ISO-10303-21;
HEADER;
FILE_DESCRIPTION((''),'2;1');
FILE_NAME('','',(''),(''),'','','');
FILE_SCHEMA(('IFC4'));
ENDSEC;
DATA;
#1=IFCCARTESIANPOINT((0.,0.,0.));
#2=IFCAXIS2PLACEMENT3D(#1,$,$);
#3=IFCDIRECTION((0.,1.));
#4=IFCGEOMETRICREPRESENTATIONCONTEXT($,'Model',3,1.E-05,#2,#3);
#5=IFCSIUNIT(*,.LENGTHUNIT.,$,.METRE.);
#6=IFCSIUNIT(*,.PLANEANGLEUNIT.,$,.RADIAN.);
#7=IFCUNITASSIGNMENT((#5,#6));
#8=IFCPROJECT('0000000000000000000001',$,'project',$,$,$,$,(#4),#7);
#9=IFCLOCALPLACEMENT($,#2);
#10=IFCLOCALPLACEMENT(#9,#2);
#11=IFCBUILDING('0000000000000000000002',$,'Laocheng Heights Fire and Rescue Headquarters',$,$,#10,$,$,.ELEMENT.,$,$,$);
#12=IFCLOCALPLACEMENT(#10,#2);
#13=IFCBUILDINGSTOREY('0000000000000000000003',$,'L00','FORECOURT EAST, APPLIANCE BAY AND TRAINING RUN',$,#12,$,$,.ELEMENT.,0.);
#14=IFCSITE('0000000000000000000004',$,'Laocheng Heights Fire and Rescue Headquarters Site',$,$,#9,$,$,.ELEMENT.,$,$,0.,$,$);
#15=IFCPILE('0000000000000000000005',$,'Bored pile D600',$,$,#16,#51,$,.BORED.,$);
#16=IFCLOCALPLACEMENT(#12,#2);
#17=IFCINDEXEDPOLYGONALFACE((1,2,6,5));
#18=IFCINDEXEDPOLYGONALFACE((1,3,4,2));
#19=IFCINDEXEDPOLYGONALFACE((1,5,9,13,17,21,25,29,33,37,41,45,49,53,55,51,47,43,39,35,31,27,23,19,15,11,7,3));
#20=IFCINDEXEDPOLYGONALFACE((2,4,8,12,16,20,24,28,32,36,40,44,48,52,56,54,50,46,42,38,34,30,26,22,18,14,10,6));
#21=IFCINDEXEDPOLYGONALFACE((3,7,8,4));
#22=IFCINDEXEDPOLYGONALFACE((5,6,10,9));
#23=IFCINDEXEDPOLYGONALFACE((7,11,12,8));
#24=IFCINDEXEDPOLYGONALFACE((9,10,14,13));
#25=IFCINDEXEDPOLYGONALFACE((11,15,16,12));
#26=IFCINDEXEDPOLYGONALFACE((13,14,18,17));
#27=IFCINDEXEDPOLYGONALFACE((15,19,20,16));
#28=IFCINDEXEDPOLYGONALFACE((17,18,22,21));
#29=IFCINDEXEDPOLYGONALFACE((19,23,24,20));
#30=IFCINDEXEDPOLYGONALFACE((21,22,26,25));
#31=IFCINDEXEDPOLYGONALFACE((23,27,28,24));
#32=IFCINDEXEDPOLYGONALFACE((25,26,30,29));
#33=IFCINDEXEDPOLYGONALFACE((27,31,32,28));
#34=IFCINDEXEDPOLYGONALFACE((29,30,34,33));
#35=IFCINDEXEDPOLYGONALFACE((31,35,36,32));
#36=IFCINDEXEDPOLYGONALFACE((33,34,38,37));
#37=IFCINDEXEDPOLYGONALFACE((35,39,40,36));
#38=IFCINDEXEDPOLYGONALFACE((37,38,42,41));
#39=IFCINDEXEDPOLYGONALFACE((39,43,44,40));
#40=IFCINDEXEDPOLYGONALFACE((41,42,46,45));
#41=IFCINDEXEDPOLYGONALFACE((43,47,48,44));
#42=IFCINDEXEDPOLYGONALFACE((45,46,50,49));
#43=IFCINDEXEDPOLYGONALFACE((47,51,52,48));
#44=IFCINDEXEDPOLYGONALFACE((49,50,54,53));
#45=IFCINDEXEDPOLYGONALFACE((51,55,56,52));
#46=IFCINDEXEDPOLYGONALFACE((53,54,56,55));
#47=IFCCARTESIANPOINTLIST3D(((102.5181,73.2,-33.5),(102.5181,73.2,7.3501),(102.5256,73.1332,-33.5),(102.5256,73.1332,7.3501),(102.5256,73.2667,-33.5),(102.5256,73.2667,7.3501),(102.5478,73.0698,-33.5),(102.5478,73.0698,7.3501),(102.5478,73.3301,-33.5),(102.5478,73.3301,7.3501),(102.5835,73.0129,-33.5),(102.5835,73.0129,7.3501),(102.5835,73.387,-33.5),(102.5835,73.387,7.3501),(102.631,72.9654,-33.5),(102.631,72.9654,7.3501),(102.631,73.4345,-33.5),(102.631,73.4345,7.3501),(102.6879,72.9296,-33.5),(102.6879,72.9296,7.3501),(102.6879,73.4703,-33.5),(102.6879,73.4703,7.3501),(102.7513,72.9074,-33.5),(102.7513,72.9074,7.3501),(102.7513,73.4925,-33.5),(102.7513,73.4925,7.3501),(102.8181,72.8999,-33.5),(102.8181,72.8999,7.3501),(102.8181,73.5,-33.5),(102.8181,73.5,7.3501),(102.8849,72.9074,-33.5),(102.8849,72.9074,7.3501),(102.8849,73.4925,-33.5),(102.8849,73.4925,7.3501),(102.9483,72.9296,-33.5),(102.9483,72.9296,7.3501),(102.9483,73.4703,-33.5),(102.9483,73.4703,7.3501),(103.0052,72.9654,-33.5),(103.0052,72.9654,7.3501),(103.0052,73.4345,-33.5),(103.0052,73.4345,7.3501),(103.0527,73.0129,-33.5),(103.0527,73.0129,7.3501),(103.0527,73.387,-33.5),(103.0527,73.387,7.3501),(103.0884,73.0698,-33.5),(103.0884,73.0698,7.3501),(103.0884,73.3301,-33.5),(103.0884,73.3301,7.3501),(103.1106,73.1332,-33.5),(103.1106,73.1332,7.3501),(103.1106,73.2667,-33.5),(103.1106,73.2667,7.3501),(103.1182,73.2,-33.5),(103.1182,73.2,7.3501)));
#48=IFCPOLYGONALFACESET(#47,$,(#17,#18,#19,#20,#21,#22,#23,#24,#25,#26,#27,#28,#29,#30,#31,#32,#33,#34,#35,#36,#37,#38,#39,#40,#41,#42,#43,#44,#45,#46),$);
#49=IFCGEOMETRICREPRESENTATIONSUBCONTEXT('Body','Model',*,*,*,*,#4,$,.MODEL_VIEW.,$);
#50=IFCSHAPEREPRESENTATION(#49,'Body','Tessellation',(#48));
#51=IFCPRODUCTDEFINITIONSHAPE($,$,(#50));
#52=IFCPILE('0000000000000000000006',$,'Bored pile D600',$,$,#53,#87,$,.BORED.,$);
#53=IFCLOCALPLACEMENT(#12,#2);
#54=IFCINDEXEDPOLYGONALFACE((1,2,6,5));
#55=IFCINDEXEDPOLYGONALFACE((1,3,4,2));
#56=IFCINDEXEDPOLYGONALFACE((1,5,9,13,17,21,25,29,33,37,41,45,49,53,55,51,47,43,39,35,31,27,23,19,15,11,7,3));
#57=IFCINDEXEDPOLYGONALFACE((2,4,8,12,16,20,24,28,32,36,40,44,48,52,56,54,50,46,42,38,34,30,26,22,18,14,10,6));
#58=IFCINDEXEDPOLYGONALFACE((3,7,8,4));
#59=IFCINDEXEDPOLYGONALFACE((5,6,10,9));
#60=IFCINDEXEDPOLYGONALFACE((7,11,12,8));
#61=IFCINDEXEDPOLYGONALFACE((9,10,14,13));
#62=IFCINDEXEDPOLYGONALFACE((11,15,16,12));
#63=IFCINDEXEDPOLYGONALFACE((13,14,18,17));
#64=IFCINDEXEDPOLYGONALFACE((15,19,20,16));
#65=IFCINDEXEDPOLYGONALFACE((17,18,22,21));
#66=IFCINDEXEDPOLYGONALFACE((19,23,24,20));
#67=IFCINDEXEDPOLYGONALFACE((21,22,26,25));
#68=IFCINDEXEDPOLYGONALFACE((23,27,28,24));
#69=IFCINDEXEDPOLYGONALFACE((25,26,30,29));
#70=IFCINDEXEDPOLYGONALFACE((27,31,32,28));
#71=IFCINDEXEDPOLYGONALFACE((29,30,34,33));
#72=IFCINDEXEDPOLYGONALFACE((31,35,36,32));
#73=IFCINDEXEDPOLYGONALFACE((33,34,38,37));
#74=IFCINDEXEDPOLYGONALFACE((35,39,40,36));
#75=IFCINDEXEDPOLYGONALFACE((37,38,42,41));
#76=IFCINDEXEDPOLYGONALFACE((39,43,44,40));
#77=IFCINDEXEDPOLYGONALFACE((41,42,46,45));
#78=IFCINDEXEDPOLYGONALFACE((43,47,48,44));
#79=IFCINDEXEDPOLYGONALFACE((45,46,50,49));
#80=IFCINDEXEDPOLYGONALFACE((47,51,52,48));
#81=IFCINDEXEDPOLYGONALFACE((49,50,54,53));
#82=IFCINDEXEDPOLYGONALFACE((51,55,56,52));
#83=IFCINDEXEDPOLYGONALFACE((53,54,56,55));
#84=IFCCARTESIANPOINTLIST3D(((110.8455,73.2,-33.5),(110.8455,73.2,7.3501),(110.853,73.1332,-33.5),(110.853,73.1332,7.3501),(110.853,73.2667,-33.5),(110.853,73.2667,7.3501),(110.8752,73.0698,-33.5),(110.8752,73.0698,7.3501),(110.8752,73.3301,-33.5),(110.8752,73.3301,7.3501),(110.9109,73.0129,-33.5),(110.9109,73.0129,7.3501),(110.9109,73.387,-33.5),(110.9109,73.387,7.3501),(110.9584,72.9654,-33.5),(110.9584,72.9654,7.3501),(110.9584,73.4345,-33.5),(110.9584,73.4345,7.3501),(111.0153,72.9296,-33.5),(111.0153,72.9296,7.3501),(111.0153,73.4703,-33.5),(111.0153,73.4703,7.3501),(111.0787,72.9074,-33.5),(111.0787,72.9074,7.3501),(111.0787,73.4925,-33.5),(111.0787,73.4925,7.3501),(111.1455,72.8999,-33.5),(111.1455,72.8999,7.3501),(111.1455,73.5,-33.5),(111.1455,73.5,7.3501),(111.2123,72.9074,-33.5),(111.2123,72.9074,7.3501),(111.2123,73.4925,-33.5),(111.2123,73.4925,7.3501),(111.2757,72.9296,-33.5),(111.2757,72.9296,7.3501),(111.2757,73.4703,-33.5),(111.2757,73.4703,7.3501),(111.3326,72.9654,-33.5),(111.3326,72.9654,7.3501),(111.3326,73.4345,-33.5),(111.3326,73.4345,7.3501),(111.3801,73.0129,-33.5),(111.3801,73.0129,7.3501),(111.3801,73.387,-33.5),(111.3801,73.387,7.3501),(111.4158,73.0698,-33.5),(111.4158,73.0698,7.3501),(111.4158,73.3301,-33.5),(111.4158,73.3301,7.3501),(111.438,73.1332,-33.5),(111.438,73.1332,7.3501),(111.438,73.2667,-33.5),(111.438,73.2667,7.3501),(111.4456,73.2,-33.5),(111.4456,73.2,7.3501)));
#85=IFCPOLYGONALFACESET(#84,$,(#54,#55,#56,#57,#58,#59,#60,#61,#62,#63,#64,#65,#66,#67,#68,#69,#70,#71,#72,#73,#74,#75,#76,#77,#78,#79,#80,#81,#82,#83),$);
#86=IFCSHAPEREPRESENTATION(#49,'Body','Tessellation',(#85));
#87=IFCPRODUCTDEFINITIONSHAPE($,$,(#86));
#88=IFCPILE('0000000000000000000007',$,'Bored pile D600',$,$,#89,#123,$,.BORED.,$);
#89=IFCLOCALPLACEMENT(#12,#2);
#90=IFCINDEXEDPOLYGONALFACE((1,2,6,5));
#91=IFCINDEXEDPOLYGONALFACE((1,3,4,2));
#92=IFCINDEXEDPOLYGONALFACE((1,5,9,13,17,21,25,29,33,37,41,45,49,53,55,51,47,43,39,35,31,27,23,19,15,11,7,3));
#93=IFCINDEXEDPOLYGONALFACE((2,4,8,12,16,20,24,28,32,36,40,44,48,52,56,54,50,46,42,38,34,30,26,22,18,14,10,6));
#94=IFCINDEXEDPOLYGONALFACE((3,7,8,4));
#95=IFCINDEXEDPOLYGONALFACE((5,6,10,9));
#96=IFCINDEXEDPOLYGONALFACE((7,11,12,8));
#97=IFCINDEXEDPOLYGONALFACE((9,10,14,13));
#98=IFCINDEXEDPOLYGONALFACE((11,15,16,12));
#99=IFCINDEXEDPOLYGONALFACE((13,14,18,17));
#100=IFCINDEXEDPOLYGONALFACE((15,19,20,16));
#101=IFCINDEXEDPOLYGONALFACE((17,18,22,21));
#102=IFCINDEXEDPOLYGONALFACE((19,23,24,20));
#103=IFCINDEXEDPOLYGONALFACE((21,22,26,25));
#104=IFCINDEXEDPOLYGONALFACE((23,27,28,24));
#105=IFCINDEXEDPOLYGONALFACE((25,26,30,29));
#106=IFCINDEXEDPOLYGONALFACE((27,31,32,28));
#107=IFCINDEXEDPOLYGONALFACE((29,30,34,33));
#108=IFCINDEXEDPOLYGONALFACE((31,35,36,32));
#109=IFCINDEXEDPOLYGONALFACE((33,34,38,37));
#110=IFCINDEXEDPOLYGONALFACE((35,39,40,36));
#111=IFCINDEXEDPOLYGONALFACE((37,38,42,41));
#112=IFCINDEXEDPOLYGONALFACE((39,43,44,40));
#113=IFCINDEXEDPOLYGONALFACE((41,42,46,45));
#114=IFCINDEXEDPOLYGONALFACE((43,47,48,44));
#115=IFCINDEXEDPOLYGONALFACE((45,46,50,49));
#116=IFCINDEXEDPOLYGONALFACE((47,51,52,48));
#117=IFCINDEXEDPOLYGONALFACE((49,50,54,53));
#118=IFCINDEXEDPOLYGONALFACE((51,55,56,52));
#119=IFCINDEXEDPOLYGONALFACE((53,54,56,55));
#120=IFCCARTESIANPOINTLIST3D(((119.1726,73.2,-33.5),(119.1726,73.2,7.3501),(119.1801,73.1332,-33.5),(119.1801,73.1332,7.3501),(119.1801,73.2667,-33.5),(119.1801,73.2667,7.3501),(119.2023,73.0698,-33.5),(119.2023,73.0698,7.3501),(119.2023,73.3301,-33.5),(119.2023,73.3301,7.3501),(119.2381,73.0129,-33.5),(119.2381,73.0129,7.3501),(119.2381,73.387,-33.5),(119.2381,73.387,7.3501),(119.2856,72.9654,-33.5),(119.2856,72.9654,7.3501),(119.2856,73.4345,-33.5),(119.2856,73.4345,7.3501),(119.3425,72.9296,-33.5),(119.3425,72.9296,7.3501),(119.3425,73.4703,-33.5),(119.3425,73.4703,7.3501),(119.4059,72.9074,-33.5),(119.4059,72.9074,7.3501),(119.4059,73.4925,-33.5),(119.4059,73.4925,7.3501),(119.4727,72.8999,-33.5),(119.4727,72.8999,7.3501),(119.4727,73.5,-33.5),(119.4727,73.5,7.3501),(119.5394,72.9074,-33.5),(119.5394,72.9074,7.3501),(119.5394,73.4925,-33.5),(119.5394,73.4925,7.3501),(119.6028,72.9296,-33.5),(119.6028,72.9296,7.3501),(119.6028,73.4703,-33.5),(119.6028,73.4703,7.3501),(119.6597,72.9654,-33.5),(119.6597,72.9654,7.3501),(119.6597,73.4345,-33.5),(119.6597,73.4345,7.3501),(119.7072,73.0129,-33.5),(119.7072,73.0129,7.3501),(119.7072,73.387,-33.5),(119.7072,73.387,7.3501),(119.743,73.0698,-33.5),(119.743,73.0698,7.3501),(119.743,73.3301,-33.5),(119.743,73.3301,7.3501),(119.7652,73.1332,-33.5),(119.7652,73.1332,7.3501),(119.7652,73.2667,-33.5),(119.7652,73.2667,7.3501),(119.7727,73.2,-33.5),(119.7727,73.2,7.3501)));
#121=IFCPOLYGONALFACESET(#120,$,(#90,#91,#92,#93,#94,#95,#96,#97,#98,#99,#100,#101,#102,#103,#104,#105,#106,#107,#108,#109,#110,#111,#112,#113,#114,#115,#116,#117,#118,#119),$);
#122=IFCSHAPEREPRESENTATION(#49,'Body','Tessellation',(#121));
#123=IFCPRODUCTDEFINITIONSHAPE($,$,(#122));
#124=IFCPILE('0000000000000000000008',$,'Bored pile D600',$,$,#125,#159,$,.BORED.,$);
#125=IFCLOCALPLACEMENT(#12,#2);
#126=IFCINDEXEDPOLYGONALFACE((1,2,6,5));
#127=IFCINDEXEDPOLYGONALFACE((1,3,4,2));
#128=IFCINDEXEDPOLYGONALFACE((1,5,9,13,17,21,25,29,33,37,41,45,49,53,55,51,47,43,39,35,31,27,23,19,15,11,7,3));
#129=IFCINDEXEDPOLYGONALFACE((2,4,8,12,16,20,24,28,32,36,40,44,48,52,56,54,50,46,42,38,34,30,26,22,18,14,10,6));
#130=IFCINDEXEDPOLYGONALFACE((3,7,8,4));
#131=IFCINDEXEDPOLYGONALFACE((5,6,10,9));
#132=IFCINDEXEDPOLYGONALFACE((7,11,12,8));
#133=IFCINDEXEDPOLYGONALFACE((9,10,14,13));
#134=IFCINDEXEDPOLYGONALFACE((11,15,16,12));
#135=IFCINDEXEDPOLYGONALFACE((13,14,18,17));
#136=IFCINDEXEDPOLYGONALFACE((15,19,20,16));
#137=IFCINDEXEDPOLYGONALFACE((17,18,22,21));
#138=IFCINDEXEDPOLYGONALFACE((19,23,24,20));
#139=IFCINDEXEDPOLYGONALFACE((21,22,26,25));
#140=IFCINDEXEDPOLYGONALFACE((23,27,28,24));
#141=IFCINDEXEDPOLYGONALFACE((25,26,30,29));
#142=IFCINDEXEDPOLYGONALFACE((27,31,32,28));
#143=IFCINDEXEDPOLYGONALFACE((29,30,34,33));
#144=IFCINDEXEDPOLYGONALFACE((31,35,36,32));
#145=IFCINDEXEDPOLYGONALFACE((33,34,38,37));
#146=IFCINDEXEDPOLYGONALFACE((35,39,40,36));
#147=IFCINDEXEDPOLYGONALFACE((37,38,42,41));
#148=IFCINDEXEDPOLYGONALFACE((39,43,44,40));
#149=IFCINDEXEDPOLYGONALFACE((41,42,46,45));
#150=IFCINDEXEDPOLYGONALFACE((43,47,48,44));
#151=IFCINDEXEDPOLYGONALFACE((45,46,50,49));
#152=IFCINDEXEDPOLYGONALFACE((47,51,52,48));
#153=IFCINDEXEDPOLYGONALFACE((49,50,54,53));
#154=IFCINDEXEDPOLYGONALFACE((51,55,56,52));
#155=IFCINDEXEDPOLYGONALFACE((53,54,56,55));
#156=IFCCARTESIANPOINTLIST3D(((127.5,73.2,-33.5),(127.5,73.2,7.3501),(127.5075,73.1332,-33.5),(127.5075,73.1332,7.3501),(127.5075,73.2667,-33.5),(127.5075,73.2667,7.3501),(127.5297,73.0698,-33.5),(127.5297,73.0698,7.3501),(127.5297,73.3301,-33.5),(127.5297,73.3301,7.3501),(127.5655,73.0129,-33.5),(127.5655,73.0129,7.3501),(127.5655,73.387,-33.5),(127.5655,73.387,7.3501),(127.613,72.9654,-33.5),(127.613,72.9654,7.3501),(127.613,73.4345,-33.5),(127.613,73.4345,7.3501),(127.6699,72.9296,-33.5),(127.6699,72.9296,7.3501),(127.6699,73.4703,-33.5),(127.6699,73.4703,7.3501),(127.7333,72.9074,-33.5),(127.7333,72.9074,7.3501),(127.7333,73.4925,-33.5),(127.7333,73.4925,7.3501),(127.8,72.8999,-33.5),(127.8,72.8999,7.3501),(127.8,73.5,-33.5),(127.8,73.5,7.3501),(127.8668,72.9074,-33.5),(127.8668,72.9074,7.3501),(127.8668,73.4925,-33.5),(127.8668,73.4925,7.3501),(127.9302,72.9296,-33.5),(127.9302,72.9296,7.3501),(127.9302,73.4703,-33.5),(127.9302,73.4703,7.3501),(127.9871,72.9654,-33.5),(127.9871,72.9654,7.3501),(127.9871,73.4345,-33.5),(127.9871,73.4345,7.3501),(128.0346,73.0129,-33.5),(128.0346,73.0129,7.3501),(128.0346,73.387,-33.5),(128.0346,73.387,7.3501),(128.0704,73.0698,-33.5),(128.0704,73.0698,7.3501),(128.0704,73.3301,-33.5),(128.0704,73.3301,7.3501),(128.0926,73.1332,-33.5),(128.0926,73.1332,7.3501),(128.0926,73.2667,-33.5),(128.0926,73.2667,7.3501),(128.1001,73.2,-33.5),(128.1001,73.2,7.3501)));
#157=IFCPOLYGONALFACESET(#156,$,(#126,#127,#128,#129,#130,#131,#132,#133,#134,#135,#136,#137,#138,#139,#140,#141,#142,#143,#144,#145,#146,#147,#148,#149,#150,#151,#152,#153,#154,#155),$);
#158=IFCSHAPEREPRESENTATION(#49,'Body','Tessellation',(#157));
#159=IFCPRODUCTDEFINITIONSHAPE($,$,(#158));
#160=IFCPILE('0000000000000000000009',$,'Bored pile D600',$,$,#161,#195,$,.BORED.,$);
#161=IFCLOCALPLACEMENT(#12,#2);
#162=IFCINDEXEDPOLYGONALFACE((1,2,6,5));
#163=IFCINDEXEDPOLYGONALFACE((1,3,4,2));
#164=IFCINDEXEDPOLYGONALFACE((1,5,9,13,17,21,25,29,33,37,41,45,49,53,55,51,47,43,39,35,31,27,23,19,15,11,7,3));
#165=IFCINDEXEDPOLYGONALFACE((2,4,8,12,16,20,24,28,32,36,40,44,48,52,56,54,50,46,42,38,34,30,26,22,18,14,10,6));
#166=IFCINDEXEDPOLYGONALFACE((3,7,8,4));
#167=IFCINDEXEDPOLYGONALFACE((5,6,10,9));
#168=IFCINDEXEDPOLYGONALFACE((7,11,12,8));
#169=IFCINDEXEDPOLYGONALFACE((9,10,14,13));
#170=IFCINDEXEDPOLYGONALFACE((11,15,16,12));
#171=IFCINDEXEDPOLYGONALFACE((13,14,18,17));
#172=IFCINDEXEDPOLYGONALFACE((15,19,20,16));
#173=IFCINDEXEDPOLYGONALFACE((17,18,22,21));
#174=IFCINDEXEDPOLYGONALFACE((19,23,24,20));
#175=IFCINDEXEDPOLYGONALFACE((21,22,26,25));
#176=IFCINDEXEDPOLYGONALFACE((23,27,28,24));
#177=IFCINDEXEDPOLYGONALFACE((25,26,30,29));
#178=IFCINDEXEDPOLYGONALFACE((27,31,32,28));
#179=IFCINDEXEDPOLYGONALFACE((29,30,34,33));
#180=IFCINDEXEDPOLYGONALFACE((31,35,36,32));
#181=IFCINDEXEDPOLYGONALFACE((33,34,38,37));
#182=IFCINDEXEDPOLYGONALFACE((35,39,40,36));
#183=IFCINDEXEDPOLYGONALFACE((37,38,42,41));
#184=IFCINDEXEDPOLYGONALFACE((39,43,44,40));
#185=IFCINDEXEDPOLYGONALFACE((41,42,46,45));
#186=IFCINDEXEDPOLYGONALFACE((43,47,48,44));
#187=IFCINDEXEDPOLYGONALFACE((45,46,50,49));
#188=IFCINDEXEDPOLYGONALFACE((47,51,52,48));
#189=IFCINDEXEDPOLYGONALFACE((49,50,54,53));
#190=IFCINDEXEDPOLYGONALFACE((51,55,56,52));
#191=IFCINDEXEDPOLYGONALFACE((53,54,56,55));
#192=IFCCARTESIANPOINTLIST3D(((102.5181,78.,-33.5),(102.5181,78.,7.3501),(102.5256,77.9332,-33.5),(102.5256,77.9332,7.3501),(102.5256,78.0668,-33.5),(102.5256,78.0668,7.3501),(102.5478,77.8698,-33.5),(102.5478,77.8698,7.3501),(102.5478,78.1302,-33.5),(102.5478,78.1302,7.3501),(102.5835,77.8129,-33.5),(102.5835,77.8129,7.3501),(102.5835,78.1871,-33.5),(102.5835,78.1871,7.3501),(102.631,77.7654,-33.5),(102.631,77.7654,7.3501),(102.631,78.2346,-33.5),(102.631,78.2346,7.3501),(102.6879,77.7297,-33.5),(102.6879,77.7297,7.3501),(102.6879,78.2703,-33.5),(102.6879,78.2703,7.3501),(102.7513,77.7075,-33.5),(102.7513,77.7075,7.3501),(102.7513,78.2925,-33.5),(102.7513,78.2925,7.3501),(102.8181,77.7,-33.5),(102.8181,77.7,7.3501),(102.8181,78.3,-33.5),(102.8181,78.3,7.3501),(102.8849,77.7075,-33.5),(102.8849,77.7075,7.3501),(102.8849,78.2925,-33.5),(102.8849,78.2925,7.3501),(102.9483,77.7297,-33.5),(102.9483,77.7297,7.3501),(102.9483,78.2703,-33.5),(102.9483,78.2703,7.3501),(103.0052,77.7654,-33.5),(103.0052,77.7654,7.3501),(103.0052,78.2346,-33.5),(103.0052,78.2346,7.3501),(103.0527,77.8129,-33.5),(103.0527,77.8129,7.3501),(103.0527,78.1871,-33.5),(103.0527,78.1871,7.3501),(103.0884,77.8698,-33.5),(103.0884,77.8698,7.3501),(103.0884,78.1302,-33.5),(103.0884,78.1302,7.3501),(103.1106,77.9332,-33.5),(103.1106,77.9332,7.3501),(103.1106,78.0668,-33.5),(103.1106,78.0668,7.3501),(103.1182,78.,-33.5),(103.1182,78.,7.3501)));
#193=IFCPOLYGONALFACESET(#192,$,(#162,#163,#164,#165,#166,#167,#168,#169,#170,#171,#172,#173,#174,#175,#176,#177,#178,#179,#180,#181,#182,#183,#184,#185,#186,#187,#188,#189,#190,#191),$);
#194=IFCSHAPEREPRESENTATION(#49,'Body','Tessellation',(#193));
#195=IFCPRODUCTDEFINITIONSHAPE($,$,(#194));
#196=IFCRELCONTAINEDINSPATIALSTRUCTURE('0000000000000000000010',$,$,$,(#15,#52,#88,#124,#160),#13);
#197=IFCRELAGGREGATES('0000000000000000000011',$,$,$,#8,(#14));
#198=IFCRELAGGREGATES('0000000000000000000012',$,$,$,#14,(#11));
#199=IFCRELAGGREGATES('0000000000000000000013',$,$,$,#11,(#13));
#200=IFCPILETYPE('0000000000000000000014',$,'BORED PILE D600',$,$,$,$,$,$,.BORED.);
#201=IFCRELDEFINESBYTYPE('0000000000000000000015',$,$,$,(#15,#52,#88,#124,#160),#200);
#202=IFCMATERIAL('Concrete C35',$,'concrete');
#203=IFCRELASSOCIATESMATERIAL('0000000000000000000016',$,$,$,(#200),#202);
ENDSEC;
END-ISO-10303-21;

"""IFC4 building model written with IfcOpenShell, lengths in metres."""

from ifc_helpers import new_model, si_unit, direction, frame, origin, origin_2d, place, context, subcontext, project, spatial, circle, extrude, material, material_profile, profile_set, type_object, element, save


model = new_model("IFC4")

# Units and contexts
model_context = context("Model", 3, precision=1e-05, world=origin(), true_north=direction((0.0, 1.0)))
body_context = subcontext(model_context, "Body", "Model", "MODEL_VIEW")
ifc_project = project(units=[si_unit("LENGTHUNIT", "METRE"), si_unit("PLANEANGLEUNIT", "RADIAN")], contexts=[model_context])

# Site, building, storey
site_placement = place(None, origin())
site = spatial("IfcSite", under=ifc_project, at=site_placement, Name="Laocheng Heights Fire and Rescue Headquarters Site", CompositionType="ELEMENT", RefElevation=0.0)
building_placement = place(site_placement, origin())
building = spatial("IfcBuilding", under=site, at=building_placement, Name="Laocheng Heights Fire and Rescue Headquarters", CompositionType="ELEMENT")
storey_placement = place(building_placement, origin())
storey = spatial("IfcBuildingStorey", under=building, at=storey_placement, Name="L00", Description="FORECOURT EAST, APPLIANCE BAY AND TRAINING RUN", CompositionType="ELEMENT", Elevation=0.0)

# Piles
ifc_material_1 = material(Name="Concrete C35", Category="concrete")
ifc_material_profile_1 = material_profile(ifc_material_1, circle(Radius=0.3, at=origin_2d()), Name="BORED PILE D600")
ifc_profile_set_1 = profile_set([ifc_material_profile_1], Name="Concrete C35")
pile_type_1 = type_object("IfcPileType", Name="BORED PILE D600", PredefinedType="BORED", material=ifc_profile_set_1)
for number, where, z_axis, x_axis, name in (
    (1, (102.8181, 73.2, 7.3501), (0.0, 0.0, -1.0), (1.0, 0.0, 0.0), "Bored pile D600"),
    (2, (111.1455, 73.2, 7.3501), (0.0, 0.0, -1.0), (1.0, 0.0, 0.0), "Bored pile D600"),
    (3, (119.4727, 73.2, 7.3501), (0.0, 0.0, -1.0), (1.0, 0.0, 0.0), "Bored pile D600"),
    (4, (127.8, 73.2, 7.3501), (0.0, 0.0, -1.0), (1.0, 0.0, 0.0), "Bored pile D600"),
    (5, (102.8181, 78.0, 7.3501), (0.0, 0.0, -1.0), (1.0, 0.0, 0.0), "Bored pile D600"),
):
    element("IfcPile", number, at=place(storey_placement, frame(where, z_axis=z_axis, x_axis=x_axis)), inside=storey, type_object=pile_type_1, Name=name, PredefinedType="BORED", context=body_context, shape_type="SweptSolid", body=[
        extrude(circle(Radius=0.3, at=origin_2d()), origin(), (0.0, 0.0, 1.0), 40.8501),
    ])

save(model, "model.ifc")
